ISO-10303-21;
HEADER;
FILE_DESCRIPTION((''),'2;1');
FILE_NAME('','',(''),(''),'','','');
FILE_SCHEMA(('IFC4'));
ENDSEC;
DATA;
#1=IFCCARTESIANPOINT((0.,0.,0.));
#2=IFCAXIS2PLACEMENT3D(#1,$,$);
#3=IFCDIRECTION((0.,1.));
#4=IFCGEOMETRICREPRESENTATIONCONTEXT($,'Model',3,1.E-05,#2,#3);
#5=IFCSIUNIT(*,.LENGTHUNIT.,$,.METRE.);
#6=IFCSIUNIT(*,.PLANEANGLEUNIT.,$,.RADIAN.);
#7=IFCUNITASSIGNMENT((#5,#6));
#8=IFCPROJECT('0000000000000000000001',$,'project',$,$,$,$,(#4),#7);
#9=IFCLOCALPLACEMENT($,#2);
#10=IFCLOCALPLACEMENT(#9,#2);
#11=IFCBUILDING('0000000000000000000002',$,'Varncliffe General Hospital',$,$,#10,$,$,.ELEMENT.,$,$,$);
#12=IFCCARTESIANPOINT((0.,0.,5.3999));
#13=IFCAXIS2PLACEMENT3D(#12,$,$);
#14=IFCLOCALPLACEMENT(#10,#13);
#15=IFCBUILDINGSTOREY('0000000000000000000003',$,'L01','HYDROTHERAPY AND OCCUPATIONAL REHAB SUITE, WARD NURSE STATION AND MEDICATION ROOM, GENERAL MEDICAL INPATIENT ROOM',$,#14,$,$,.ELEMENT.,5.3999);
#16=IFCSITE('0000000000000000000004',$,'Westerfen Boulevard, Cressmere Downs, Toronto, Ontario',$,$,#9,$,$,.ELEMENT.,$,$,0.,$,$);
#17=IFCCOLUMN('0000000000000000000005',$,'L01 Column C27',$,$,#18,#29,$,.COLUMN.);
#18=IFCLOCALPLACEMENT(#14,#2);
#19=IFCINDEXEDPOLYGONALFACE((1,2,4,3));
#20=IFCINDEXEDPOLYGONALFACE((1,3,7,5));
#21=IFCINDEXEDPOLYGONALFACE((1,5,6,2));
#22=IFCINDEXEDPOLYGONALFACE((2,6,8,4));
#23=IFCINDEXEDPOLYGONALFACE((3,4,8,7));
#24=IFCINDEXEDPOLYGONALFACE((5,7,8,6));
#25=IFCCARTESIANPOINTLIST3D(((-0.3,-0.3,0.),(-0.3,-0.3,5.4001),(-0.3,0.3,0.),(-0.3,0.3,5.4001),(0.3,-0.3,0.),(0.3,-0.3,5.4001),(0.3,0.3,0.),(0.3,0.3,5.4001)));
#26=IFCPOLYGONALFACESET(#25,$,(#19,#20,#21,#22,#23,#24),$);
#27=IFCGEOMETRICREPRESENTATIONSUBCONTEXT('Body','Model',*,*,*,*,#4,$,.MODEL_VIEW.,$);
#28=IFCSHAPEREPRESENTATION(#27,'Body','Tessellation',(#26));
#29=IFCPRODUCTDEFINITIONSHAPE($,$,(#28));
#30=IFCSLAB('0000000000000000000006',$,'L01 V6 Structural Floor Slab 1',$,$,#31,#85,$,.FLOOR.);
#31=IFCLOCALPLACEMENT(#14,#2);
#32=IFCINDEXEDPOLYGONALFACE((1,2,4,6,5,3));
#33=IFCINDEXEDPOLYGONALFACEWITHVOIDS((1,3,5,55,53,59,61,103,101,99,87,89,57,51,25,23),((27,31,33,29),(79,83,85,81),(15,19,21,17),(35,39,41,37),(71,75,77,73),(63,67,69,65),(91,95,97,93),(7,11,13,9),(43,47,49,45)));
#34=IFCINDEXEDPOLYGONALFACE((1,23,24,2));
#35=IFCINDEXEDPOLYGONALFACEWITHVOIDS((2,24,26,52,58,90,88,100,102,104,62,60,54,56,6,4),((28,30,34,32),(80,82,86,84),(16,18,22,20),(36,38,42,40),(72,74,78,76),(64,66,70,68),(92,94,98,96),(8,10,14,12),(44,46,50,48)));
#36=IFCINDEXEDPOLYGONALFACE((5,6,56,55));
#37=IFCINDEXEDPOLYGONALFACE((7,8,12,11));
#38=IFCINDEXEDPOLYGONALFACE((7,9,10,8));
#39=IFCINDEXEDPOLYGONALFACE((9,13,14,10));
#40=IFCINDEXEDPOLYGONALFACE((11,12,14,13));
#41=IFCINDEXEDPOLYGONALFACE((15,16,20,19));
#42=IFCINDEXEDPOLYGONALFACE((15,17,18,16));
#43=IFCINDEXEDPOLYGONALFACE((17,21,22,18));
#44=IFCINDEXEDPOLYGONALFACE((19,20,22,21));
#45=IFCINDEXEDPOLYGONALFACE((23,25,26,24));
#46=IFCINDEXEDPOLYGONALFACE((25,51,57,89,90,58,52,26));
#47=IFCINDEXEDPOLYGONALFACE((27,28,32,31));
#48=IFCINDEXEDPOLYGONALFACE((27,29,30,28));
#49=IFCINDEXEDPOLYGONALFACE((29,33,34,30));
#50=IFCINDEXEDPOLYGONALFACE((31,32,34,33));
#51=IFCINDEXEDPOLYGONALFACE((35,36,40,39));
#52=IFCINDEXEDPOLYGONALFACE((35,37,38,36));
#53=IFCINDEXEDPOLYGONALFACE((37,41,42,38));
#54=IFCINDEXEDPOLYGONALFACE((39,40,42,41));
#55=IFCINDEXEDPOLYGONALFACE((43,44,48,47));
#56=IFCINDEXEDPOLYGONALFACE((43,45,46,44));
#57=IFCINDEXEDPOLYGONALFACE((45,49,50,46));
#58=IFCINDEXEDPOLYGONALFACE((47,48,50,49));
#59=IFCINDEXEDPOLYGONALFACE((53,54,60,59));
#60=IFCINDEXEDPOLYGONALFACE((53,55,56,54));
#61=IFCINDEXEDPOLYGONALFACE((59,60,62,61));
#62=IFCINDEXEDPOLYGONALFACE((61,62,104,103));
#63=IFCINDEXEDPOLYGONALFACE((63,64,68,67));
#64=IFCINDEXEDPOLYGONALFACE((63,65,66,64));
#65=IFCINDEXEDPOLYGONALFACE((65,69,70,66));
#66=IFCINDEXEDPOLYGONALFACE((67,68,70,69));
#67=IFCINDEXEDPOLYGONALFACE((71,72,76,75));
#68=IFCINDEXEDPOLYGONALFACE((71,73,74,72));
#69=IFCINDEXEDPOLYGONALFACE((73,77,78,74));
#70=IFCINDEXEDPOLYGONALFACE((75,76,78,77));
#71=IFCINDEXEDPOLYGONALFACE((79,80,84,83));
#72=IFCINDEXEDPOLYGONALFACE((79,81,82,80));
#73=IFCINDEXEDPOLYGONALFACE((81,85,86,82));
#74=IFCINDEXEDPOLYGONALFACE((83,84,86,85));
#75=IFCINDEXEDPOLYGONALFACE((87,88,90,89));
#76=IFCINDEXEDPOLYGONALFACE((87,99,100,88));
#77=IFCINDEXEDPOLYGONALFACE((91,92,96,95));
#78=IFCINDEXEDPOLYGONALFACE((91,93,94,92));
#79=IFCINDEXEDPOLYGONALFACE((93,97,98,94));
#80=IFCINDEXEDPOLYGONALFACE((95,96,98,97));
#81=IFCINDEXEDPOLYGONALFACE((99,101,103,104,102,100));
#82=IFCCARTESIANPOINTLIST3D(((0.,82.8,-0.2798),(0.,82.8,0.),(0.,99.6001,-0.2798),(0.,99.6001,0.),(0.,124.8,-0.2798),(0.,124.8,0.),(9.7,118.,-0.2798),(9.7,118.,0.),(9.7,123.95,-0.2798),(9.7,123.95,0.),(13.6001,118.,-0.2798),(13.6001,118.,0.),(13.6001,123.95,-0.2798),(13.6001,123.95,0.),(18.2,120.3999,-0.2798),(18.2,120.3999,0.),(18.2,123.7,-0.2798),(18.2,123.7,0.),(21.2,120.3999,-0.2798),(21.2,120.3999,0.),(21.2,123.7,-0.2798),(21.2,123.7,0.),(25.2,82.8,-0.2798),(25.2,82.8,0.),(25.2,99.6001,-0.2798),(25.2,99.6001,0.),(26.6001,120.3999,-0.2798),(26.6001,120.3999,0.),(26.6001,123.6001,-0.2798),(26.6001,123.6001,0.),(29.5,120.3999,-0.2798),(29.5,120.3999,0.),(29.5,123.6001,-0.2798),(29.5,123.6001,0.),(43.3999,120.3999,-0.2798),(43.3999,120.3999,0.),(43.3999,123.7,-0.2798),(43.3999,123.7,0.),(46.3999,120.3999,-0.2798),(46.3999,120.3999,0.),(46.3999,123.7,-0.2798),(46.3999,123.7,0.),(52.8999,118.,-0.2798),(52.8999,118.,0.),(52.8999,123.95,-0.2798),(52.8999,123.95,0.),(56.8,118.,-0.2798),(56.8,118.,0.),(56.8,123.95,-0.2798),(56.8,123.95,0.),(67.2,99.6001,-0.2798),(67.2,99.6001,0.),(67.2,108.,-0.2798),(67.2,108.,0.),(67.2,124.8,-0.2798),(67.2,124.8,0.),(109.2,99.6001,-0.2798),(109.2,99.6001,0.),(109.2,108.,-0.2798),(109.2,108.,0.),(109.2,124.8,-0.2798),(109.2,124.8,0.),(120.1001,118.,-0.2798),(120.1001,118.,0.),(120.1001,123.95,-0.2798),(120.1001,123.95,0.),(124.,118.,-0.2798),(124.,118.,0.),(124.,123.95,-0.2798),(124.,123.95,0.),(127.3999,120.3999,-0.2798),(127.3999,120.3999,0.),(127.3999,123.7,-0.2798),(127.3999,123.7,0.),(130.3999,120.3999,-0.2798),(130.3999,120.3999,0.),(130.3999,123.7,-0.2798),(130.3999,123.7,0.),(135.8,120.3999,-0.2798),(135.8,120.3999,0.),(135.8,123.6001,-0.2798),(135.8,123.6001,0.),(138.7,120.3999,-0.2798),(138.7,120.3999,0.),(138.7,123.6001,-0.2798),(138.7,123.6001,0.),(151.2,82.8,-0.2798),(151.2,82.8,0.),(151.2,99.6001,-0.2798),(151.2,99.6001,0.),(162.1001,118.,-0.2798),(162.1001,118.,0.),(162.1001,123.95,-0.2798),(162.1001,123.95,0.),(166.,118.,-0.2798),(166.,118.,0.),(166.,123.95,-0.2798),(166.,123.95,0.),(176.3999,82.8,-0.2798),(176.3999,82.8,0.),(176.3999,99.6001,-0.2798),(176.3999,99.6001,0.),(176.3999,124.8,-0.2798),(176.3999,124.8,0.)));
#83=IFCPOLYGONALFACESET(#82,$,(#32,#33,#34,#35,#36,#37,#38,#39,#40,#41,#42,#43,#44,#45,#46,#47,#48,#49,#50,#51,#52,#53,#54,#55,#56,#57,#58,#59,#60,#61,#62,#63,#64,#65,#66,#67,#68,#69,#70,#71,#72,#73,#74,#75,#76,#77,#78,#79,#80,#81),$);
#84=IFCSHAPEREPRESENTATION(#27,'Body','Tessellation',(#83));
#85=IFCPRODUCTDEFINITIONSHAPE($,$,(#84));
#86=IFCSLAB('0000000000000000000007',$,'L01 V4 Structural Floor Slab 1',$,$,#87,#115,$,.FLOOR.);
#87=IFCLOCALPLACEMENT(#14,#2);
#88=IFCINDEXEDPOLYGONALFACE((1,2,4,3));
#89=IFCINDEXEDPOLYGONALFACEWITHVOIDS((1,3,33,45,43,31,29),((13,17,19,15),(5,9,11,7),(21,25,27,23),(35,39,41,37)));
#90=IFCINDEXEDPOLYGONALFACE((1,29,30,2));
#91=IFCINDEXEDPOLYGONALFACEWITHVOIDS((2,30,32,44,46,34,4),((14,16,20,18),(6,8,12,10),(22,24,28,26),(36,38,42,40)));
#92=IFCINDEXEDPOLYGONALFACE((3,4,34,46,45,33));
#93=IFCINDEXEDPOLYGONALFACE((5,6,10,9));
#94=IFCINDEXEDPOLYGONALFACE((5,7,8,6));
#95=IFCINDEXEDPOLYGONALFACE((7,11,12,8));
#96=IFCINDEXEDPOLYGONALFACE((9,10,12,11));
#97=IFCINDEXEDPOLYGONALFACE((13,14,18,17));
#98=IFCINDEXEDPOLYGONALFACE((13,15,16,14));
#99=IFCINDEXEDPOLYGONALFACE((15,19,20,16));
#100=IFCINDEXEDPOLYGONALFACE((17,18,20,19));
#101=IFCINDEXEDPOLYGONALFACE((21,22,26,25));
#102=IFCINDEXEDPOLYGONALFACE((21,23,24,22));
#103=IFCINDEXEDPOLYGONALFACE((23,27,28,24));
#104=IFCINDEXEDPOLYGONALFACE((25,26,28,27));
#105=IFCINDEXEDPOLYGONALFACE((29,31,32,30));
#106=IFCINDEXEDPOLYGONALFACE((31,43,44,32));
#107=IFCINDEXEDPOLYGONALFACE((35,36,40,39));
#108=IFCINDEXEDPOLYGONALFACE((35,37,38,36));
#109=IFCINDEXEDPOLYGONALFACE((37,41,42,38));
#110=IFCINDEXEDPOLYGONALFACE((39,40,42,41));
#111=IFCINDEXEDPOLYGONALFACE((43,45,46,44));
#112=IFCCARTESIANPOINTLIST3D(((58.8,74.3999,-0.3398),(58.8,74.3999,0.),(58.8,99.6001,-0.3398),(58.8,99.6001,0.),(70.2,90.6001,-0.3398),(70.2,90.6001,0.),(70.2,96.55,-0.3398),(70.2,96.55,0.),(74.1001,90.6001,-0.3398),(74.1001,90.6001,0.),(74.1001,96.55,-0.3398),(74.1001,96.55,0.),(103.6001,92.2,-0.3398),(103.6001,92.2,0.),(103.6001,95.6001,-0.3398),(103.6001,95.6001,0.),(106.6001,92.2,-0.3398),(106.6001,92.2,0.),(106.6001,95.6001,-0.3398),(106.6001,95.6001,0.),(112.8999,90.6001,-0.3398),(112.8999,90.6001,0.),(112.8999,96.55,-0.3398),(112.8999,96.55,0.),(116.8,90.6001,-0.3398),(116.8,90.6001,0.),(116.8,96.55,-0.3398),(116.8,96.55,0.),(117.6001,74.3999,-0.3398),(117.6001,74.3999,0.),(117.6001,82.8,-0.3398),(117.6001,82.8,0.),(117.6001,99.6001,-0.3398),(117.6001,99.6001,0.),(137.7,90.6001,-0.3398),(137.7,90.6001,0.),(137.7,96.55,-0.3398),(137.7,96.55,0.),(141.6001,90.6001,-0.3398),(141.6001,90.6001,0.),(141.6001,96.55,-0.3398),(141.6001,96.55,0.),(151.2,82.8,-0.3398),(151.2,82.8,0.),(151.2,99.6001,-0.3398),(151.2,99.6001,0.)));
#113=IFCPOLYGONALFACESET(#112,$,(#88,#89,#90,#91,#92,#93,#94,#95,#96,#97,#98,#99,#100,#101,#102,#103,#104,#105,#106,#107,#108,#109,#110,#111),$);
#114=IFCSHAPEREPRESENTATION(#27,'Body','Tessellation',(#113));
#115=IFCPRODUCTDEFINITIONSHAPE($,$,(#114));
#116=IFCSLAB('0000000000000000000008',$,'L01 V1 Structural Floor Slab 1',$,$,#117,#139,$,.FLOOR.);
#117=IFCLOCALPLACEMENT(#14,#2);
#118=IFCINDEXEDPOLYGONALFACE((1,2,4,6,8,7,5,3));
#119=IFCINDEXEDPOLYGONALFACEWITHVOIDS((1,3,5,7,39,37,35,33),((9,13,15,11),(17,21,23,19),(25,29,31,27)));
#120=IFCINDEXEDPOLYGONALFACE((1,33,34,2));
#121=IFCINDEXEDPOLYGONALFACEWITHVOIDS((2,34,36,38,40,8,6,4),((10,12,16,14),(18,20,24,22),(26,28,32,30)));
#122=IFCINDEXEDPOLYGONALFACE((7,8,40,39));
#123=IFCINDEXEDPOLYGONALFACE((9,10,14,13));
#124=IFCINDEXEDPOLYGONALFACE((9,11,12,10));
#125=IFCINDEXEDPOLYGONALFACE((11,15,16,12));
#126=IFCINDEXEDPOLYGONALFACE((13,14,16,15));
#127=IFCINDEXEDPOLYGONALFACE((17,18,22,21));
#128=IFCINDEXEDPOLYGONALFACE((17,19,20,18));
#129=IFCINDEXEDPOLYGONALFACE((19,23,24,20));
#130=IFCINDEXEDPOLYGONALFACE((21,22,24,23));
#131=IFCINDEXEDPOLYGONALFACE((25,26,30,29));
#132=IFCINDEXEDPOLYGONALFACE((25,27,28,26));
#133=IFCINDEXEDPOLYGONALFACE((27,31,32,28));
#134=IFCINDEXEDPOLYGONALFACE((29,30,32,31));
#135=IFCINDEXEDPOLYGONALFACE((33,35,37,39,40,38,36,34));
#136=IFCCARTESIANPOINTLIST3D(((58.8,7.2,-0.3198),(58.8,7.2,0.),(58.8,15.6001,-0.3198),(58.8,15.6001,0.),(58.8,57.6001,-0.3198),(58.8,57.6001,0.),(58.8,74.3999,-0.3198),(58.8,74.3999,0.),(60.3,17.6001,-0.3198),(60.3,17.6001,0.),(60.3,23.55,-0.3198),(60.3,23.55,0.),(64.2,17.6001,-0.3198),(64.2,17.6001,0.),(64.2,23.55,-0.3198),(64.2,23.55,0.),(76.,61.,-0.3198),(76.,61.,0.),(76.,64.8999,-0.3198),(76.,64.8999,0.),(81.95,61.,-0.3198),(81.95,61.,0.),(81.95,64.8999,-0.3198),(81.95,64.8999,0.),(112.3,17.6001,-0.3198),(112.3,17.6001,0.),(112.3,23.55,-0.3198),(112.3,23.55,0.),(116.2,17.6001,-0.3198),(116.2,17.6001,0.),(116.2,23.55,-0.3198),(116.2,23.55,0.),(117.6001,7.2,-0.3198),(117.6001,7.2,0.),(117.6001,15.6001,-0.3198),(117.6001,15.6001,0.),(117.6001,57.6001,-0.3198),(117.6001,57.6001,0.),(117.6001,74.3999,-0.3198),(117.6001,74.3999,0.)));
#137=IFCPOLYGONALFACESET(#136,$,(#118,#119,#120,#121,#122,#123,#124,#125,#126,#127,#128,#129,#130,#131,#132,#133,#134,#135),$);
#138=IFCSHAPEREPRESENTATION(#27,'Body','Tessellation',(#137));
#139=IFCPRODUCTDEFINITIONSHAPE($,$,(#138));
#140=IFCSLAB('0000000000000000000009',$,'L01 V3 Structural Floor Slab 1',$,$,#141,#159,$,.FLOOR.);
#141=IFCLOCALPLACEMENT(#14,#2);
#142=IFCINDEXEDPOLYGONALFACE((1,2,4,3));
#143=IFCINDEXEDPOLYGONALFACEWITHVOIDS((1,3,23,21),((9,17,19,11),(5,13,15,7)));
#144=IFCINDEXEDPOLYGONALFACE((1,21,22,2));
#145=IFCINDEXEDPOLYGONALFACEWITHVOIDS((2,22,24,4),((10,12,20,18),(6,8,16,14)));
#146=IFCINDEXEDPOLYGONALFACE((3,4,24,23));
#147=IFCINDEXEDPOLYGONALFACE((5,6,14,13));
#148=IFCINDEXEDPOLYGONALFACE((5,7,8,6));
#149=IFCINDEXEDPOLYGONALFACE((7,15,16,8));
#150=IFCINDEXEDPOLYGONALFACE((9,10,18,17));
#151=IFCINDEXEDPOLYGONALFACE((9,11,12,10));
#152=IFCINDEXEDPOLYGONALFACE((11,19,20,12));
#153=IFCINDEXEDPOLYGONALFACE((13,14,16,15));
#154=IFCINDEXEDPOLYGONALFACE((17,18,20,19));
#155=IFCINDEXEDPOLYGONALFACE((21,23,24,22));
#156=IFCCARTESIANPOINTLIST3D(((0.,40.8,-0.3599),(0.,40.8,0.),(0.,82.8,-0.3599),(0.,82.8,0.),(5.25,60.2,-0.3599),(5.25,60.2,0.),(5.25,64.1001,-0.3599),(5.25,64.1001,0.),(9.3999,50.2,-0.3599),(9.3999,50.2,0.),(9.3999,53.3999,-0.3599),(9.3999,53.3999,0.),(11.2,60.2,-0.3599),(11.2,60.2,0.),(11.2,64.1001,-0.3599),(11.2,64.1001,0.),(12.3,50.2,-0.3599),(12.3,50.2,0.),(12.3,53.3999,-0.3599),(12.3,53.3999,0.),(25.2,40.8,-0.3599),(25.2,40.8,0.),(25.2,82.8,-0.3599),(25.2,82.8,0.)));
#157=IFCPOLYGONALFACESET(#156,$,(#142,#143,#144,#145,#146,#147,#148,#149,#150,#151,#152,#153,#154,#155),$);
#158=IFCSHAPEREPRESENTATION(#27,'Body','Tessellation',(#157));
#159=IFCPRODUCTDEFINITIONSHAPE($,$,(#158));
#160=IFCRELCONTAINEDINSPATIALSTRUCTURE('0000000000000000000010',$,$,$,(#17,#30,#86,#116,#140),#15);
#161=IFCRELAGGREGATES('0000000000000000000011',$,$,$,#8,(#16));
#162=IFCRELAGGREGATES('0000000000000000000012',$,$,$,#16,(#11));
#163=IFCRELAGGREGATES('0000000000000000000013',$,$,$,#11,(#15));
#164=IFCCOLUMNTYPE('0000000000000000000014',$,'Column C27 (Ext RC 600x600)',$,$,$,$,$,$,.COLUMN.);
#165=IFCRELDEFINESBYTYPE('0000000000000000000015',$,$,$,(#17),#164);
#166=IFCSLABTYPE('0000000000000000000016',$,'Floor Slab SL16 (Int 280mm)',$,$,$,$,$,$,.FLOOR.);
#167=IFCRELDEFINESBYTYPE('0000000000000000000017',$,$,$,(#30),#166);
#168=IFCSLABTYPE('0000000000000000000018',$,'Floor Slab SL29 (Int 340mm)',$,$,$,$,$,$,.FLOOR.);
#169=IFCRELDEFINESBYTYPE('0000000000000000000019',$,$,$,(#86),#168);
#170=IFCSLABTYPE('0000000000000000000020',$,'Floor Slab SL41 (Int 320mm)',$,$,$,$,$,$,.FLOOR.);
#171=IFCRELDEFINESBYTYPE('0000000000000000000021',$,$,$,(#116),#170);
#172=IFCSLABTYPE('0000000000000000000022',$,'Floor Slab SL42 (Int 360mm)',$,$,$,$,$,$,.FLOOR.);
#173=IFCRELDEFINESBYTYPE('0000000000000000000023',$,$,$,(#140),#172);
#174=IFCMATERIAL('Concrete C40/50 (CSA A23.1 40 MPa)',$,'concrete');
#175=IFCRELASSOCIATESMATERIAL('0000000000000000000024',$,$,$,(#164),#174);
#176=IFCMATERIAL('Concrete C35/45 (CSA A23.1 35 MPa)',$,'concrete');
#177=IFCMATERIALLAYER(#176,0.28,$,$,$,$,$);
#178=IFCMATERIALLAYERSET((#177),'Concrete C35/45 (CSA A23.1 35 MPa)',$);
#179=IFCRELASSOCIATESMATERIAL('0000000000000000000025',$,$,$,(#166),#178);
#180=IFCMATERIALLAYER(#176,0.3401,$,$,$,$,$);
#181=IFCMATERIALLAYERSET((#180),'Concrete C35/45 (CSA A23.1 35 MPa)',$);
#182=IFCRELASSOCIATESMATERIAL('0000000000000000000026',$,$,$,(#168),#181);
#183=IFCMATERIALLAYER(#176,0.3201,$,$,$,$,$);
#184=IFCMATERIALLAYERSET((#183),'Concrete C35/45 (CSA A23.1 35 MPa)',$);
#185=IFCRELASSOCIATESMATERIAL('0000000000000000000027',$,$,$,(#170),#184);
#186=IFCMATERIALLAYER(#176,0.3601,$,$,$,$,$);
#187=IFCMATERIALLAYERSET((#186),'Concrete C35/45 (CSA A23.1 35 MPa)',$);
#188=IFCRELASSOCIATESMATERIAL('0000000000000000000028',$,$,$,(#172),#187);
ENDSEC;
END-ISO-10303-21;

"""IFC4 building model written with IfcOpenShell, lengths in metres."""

from ifc_helpers import new_model, si_unit, direction, frame, origin, origin_with_axes, origin_2d, place, context, subcontext, project, spatial, polyline, rectangle, outline, extrude, material, layer, layer_set, material_profile, profile_set, type_object, element, save


model = new_model("IFC4")

# Units and contexts
model_context = context("Model", 3, precision=1e-05, world=origin(), true_north=direction((0.0, 1.0)))
body_context = subcontext(model_context, "Body", "Model", "MODEL_VIEW")
ifc_project = project(units=[si_unit("LENGTHUNIT", "METRE"), si_unit("PLANEANGLEUNIT", "RADIAN")], contexts=[model_context])

# Site, building, storey
site_placement = place(None, origin())
site = spatial("IfcSite", under=ifc_project, at=site_placement, Name="Westerfen Boulevard, Cressmere Downs, Toronto, Ontario", CompositionType="ELEMENT", RefElevation=0.0)
building_placement = place(site_placement, origin())
building = spatial("IfcBuilding", under=site, at=building_placement, Name="Varncliffe General Hospital", CompositionType="ELEMENT")
storey_placement = place(building_placement, frame((0.0, 0.0, 5.3999)))
storey = spatial("IfcBuildingStorey", under=building, at=storey_placement, Name="L01", Description="HYDROTHERAPY AND OCCUPATIONAL REHAB SUITE, WARD NURSE STATION AND MEDICATION ROOM, GENERAL MEDICAL INPATIENT ROOM", CompositionType="ELEMENT", Elevation=5.3999)

# Column
ifc_material_1 = material(Name="Concrete C40/50 (CSA A23.1 40 MPa)", Category="concrete")
ifc_material_profile = material_profile(ifc_material_1, rectangle(XDim=0.6001, YDim=0.6001, at=origin_2d()), Name="RC 600x600")
ifc_profile_set = profile_set([ifc_material_profile], Name="Concrete C40/50 (CSA A23.1 40 MPa)")
column_type = type_object("IfcColumnType", Name="Column C27 (Ext RC 600x600)", PredefinedType="COLUMN", material=ifc_profile_set)
column_placement = place(storey_placement, origin_with_axes())
element("IfcColumn", 1, at=column_placement, inside=storey, type_object=column_type, Name="L01 Column C27", PredefinedType="COLUMN", context=body_context, shape_type="SweptSolid", body=[
    extrude(rectangle(XDim=0.6001, YDim=0.6001, at=origin_2d()), origin(), (0.0, 0.0, 1.0), 5.4001),
])

# Slabs
ifc_material_2 = material(Name="Concrete C35/45 (CSA A23.1 35 MPa)", Category="concrete")
ifc_layer_1 = layer(ifc_material_2, 0.28)
ifc_layer_set_1 = layer_set([ifc_layer_1], Name="Concrete C35/45 (CSA A23.1 35 MPa)")
slab_type_1 = type_object("IfcSlabType", Name="Floor Slab SL16 (Int 280mm)", PredefinedType="FLOOR", material=ifc_layer_set_1)
slab_1_placement = place(storey_placement, frame((0.0, 0.0, -0.2798)))
element("IfcSlab", 2, at=slab_1_placement, inside=storey, type_object=slab_type_1, Name="L01 V6 Structural Floor Slab 1", PredefinedType="FLOOR", context=body_context, shape_type="SweptSolid", body=[
    extrude(outline(polyline([(0.0, 99.6001), (0.0, 124.8), (67.2, 124.8), (67.2, 108.0), (109.2, 108.0), (109.2, 124.8), (176.3999, 124.8), (176.3999, 99.6001), (176.3999, 82.8), (151.2, 82.8), (151.2, 99.6001), (109.2, 99.6001), (67.2, 99.6001), (25.2, 99.6001), (25.2, 82.8), (0.0, 82.8), (0.0, 99.6001)]), holes=[polyline([(13.6001, 118.0), (13.6001, 123.95), (9.7, 123.95), (9.7, 118.0), (13.6001, 118.0)]), polyline([(56.8, 118.0), (56.8, 123.95), (52.8999, 123.95), (52.8999, 118.0), (56.8, 118.0)]), polyline([(124.0, 118.0), (124.0, 123.95), (120.1001, 123.95), (120.1001, 118.0), (124.0, 118.0)]), polyline([(166.0, 118.0), (166.0, 123.95), (162.1001, 123.95), (162.1001, 118.0), (166.0, 118.0)]), polyline([(18.2, 120.3999), (21.2, 120.3999), (21.2, 123.7), (18.2, 123.7), (18.2, 120.3999)]), polyline([(43.3999, 120.3999), (46.3999, 120.3999), (46.3999, 123.7), (43.3999, 123.7), (43.3999, 120.3999)]), polyline([(127.3999, 120.3999), (130.3999, 120.3999), (130.3999, 123.7), (127.3999, 123.7), (127.3999, 120.3999)]), polyline([(26.6001, 120.3999), (29.5, 120.3999), (29.5, 123.6001), (26.6001, 123.6001), (26.6001, 120.3999)]), polyline([(135.8, 120.3999), (138.7, 120.3999), (138.7, 123.6001), (135.8, 123.6001), (135.8, 120.3999)])]), origin(), (0.0, 0.0, 1.0), 0.2798),
])
ifc_layer_2 = layer(ifc_material_2, 0.3401)
ifc_layer_set_2 = layer_set([ifc_layer_2], Name="Concrete C35/45 (CSA A23.1 35 MPa)")
slab_type_2 = type_object("IfcSlabType", Name="Floor Slab SL29 (Int 340mm)", PredefinedType="FLOOR", material=ifc_layer_set_2)
slab_2_placement = place(storey_placement, frame((0.0, 0.0, -0.3398)))
element("IfcSlab", 3, at=slab_2_placement, inside=storey, type_object=slab_type_2, Name="L01 V4 Structural Floor Slab 1", PredefinedType="FLOOR", context=body_context, shape_type="SweptSolid", body=[
    extrude(outline(polyline([(117.6001, 74.3999), (58.8, 74.3999), (58.8, 99.6001), (117.6001, 99.6001), (151.2, 99.6001), (151.2, 82.8), (117.6001, 82.8), (117.6001, 74.3999)]), holes=[polyline([(116.8, 90.6001), (116.8, 96.55), (112.8999, 96.55), (112.8999, 90.6001), (116.8, 90.6001)]), polyline([(74.1001, 90.6001), (74.1001, 96.55), (70.2, 96.55), (70.2, 90.6001), (74.1001, 90.6001)]), polyline([(141.6001, 90.6001), (141.6001, 96.55), (137.7, 96.55), (137.7, 90.6001), (141.6001, 90.6001)]), polyline([(103.6001, 92.2), (106.6001, 92.2), (106.6001, 95.6001), (103.6001, 95.6001), (103.6001, 92.2)])]), origin(), (0.0, 0.0, 1.0), 0.3398),
])
ifc_layer_3 = layer(ifc_material_2, 0.3201)
ifc_layer_set_3 = layer_set([ifc_layer_3], Name="Concrete C35/45 (CSA A23.1 35 MPa)")
slab_type_3 = type_object("IfcSlabType", Name="Floor Slab SL41 (Int 320mm)", PredefinedType="FLOOR", material=ifc_layer_set_3)
slab_3_placement = place(storey_placement, frame((0.0, 0.0, -0.3198)))
element("IfcSlab", 4, at=slab_3_placement, inside=storey, type_object=slab_type_3, Name="L01 V1 Structural Floor Slab 1", PredefinedType="FLOOR", context=body_context, shape_type="SweptSolid", body=[
    extrude(outline(polyline([(117.6001, 7.2), (58.8, 7.2), (58.8, 15.6001), (58.8, 57.6001), (58.8, 74.3999), (117.6001, 74.3999), (117.6001, 57.6001), (117.6001, 15.6001), (117.6001, 7.2)]), holes=[polyline([(64.2, 17.6001), (64.2, 23.55), (60.3, 23.55), (60.3, 17.6001), (64.2, 17.6001)]), polyline([(116.2, 17.6001), (116.2, 23.55), (112.3, 23.55), (112.3, 17.6001), (116.2, 17.6001)]), polyline([(81.95, 64.8999), (76.0, 64.8999), (76.0, 61.0), (81.95, 61.0), (81.95, 64.8999)])]), origin(), (0.0, 0.0, 1.0), 0.3198),
])
ifc_layer_4 = layer(ifc_material_2, 0.3601)
ifc_layer_set_4 = layer_set([ifc_layer_4], Name="Concrete C35/45 (CSA A23.1 35 MPa)")
slab_type_4 = type_object("IfcSlabType", Name="Floor Slab SL42 (Int 360mm)", PredefinedType="FLOOR", material=ifc_layer_set_4)
slab_4_placement = place(storey_placement, frame((0.0, 0.0, -0.3599)))
element("IfcSlab", 5, at=slab_4_placement, inside=storey, type_object=slab_type_4, Name="L01 V3 Structural Floor Slab 1", PredefinedType="FLOOR", context=body_context, shape_type="SweptSolid", body=[
    extrude(outline(polyline([(25.2, 40.8), (0.0, 40.8), (0.0, 82.8), (25.2, 82.8), (25.2, 40.8)]), holes=[polyline([(11.2, 64.1001), (5.25, 64.1001), (5.25, 60.2), (11.2, 60.2), (11.2, 64.1001)]), polyline([(9.3999, 50.2), (12.3, 50.2), (12.3, 53.3999), (9.3999, 53.3999), (9.3999, 50.2)])]), origin(), (0.0, 0.0, 1.0), 0.3599),
])

save(model, "model.ifc")
